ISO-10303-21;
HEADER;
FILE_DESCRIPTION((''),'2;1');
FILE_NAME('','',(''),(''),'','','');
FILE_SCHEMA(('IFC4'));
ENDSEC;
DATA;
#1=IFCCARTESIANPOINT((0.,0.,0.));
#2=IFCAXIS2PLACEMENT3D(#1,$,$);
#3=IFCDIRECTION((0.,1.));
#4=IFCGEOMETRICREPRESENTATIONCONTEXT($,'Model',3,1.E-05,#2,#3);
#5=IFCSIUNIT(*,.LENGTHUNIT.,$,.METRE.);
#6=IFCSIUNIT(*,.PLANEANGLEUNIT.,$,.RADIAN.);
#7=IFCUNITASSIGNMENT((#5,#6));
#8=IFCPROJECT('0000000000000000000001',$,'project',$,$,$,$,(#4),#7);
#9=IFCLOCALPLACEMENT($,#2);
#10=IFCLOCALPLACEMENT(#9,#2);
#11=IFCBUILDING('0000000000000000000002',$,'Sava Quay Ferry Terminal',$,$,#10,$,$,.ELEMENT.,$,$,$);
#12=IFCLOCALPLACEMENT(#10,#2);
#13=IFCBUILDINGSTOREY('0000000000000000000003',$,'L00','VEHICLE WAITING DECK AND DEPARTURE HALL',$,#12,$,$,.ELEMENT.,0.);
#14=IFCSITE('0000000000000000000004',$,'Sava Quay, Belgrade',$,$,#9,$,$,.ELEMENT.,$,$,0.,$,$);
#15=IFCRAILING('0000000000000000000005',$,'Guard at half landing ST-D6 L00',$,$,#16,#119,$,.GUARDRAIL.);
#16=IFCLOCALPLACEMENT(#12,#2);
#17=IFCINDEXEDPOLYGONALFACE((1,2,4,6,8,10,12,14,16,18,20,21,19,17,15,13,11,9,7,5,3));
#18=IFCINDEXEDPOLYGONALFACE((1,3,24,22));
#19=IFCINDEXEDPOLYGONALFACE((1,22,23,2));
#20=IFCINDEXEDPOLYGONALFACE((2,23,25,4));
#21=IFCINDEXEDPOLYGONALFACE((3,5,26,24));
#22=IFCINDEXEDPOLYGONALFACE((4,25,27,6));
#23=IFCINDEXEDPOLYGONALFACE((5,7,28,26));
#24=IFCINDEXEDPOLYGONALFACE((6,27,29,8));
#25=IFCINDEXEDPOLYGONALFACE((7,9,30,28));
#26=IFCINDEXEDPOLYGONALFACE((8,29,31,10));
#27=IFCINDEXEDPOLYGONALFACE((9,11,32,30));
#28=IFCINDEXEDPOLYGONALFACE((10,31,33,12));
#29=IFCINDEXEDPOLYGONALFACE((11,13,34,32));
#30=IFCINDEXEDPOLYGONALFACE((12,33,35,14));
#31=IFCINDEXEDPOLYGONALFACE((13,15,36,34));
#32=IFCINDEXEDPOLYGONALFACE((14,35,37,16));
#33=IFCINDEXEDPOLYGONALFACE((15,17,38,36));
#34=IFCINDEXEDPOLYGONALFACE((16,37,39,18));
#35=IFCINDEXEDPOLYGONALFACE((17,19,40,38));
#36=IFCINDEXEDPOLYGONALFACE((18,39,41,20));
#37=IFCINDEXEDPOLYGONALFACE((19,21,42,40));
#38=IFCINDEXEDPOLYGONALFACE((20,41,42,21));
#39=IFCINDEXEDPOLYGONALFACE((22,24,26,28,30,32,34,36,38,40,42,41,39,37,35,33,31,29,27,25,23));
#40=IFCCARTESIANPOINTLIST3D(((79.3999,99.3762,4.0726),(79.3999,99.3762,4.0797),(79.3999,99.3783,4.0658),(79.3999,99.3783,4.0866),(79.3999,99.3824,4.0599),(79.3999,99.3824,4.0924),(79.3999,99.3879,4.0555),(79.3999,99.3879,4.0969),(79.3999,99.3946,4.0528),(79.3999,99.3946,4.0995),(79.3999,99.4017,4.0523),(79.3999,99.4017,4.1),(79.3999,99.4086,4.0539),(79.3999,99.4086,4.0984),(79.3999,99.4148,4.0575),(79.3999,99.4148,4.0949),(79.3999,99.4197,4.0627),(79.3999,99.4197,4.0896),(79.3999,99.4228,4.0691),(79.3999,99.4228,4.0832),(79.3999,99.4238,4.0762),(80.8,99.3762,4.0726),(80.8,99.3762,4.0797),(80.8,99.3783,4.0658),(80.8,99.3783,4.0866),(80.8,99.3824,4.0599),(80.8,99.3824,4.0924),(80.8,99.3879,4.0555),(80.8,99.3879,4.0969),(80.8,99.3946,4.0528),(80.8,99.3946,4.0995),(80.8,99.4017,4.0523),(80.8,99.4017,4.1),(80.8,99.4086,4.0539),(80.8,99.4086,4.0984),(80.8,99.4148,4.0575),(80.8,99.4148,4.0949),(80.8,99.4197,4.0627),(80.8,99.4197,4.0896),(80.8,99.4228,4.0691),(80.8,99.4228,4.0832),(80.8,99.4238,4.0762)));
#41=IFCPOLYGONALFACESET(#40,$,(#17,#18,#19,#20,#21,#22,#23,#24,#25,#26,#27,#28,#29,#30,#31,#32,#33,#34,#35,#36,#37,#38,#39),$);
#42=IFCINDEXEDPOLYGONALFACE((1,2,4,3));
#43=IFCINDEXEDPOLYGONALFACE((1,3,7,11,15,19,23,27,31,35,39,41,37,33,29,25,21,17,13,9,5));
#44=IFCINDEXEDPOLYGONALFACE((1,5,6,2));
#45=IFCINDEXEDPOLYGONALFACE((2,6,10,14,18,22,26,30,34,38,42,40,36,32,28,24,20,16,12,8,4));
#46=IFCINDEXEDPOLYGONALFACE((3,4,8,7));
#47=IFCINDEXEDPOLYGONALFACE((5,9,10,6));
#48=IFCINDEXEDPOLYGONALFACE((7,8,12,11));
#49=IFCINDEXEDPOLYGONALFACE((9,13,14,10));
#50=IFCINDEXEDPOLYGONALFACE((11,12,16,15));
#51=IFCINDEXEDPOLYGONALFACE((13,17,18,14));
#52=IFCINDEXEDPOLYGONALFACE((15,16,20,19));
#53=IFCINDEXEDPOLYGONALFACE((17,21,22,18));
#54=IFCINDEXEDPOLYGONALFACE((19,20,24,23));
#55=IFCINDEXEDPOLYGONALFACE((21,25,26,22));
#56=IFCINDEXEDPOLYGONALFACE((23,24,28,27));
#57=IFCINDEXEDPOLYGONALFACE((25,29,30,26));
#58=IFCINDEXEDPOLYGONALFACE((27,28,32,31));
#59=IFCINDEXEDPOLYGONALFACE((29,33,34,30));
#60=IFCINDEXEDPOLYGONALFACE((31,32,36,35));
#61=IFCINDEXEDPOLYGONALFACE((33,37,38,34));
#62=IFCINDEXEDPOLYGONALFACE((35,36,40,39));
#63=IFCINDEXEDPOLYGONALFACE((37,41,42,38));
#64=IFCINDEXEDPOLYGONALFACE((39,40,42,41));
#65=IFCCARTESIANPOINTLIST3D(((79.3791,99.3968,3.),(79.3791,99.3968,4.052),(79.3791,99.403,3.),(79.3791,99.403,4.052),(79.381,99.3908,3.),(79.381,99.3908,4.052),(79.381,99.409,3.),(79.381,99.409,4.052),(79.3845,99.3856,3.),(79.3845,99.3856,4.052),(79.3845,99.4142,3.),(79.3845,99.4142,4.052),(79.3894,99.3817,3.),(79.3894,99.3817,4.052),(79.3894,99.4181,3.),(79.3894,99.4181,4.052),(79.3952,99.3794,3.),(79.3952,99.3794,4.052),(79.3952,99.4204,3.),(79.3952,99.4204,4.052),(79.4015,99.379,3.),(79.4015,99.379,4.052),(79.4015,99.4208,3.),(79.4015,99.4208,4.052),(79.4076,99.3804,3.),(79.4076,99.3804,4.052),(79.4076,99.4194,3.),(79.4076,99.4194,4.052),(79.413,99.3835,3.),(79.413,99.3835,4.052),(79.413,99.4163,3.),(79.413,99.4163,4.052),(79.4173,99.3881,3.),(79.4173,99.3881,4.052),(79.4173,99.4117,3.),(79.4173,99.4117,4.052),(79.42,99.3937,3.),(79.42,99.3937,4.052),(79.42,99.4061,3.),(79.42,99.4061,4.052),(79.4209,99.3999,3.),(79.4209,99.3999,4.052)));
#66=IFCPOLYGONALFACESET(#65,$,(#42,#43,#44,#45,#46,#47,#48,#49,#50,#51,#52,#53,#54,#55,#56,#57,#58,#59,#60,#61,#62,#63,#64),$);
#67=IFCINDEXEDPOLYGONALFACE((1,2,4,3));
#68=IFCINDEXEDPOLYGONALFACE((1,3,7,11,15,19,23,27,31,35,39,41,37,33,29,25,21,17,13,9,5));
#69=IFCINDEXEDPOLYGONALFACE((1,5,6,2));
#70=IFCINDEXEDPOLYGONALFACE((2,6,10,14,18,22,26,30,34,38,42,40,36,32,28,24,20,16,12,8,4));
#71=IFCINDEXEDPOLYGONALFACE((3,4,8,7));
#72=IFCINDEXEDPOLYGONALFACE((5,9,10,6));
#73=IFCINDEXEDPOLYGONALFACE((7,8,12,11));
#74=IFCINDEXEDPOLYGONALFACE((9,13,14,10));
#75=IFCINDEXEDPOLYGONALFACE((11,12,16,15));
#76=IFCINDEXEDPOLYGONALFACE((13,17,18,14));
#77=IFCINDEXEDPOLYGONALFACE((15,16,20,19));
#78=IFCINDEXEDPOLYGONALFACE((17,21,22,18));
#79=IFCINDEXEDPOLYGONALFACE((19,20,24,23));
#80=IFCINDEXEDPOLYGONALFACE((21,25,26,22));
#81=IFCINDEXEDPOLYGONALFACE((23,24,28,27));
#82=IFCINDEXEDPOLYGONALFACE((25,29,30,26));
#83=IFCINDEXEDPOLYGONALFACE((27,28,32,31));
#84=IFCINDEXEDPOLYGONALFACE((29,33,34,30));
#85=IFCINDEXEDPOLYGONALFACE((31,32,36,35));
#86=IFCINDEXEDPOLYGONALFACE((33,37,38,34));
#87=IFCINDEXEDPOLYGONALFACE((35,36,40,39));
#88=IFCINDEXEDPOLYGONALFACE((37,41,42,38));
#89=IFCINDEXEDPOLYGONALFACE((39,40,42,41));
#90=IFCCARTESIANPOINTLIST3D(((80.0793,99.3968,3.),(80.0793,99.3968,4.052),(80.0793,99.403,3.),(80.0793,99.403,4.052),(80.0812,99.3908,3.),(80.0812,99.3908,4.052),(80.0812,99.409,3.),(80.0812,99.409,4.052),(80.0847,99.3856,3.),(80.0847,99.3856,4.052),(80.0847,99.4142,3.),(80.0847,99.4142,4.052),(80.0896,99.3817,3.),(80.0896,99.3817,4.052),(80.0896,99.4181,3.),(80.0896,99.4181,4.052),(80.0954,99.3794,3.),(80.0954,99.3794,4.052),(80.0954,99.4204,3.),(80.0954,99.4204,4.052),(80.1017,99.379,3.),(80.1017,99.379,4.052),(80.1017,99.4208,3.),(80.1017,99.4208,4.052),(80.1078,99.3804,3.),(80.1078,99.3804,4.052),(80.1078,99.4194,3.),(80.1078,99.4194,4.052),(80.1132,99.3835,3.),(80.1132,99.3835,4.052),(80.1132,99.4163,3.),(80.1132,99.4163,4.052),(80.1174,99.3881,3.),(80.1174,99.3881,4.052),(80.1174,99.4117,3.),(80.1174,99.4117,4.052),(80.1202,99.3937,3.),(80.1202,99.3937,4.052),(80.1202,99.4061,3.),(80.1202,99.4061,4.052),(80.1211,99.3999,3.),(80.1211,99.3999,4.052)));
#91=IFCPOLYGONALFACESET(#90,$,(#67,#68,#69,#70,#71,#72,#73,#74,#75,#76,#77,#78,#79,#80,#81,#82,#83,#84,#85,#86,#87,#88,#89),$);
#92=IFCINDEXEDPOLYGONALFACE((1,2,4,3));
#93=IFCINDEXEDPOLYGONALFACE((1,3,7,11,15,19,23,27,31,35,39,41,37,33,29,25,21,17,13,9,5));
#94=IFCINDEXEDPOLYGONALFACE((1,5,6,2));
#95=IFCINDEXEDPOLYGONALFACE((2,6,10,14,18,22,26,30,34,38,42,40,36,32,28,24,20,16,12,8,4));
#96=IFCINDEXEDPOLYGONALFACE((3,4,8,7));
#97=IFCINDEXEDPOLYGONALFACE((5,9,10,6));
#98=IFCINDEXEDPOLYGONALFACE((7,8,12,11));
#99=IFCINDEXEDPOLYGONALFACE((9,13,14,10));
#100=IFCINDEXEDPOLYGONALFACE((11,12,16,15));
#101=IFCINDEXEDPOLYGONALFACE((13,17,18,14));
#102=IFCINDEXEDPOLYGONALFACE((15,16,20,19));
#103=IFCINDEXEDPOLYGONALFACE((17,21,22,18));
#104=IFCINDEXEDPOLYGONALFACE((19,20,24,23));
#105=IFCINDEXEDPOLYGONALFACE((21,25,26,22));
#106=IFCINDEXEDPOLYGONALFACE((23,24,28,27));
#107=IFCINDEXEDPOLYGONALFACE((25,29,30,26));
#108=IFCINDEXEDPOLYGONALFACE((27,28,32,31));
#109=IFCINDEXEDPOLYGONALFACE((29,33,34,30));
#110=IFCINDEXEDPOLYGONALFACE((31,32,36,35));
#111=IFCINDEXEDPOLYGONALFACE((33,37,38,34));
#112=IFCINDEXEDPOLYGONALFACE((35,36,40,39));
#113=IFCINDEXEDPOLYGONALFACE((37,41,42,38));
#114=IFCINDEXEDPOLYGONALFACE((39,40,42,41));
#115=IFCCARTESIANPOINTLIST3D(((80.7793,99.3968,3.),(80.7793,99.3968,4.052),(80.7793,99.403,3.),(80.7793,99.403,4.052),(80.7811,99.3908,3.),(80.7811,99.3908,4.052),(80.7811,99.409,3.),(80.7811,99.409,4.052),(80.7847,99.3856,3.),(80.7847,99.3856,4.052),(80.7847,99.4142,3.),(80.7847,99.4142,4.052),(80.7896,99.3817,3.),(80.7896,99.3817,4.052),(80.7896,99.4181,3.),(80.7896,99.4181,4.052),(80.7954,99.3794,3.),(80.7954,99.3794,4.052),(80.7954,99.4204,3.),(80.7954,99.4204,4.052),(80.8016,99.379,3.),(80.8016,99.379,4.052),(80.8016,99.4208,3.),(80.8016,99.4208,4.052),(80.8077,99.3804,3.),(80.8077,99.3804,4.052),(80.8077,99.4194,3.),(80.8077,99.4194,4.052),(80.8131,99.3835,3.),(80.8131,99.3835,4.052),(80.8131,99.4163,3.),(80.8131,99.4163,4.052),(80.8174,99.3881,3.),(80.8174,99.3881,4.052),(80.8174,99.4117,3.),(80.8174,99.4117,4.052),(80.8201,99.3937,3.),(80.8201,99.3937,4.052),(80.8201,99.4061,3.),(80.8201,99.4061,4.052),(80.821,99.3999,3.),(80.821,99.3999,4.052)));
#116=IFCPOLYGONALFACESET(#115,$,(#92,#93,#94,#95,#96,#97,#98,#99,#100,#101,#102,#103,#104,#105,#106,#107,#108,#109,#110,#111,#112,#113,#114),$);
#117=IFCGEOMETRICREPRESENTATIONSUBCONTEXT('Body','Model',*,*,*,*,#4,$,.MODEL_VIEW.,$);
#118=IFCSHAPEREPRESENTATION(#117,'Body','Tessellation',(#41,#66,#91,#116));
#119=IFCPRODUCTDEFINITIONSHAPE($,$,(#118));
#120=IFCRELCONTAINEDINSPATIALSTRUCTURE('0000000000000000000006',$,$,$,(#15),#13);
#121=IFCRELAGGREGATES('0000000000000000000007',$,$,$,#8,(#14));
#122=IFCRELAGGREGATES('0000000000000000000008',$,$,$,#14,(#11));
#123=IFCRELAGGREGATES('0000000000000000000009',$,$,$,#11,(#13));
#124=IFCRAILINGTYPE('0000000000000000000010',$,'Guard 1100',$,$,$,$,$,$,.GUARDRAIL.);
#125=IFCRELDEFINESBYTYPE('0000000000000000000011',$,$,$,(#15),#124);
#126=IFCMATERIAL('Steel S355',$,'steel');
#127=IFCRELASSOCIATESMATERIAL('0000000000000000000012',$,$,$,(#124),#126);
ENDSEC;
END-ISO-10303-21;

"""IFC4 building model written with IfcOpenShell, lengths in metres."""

from ifc_helpers import new_model, si_unit, direction, frame, origin, origin_2d, place, context, subcontext, project, spatial, circle, extrude, material, type_object, element, save


model = new_model("IFC4")

# Units and contexts
model_context = context("Model", 3, precision=1e-05, world=origin(), true_north=direction((0.0, 1.0)))
body_context = subcontext(model_context, "Body", "Model", "MODEL_VIEW")
ifc_project = project(units=[si_unit("LENGTHUNIT", "METRE"), si_unit("PLANEANGLEUNIT", "RADIAN")], contexts=[model_context])

# Site, building, storey
site_placement = place(None, origin())
site = spatial("IfcSite", under=ifc_project, at=site_placement, Name="Sava Quay, Belgrade", CompositionType="ELEMENT", RefElevation=0.0)
building_placement = place(site_placement, origin())
building = spatial("IfcBuilding", under=site, at=building_placement, Name="Sava Quay Ferry Terminal", CompositionType="ELEMENT")
storey_placement = place(building_placement, origin())
storey = spatial("IfcBuildingStorey", under=building, at=storey_placement, Name="L00", Description="VEHICLE WAITING DECK AND DEPARTURE HALL", CompositionType="ELEMENT", Elevation=0.0)

# Railing
ifc_material_1 = material(Name="Steel S355", Category="steel")
railing_type_1 = type_object("IfcRailingType", Name="Guard 1100", PredefinedType="GUARDRAIL", material=ifc_material_1)
railing_1_placement = place(storey_placement, frame((79.3999, 99.3999, 3.0)))
element("IfcRailing", 1, at=railing_1_placement, inside=storey, type_object=railing_type_1, Name="Guard at half landing ST-D6 L00", PredefinedType="GUARDRAIL", context=body_context, shape_type="SweptSolid", body=[
    extrude(circle(Radius=0.0239, at=origin_2d()), frame((0.0, 0.0, 1.0762), z_axis=(1.0, 0.0, 0.0), x_axis=(0.0, 1.0, 0.0)), (0.0, 0.0, 1.0), 1.4001),
    extrude(circle(Radius=0.021, at=origin_2d()), origin(), (0.0, 0.0, 1.0), 1.052),
    extrude(circle(Radius=0.021, at=origin_2d()), frame((0.7002, 0.0, 0.0)), (0.0, 0.0, 1.0), 1.052),
    extrude(circle(Radius=0.021, at=origin_2d()), frame((1.4001, 0.0, 0.0)), (0.0, 0.0, 1.0), 1.052),
])

save(model, "model.ifc")
